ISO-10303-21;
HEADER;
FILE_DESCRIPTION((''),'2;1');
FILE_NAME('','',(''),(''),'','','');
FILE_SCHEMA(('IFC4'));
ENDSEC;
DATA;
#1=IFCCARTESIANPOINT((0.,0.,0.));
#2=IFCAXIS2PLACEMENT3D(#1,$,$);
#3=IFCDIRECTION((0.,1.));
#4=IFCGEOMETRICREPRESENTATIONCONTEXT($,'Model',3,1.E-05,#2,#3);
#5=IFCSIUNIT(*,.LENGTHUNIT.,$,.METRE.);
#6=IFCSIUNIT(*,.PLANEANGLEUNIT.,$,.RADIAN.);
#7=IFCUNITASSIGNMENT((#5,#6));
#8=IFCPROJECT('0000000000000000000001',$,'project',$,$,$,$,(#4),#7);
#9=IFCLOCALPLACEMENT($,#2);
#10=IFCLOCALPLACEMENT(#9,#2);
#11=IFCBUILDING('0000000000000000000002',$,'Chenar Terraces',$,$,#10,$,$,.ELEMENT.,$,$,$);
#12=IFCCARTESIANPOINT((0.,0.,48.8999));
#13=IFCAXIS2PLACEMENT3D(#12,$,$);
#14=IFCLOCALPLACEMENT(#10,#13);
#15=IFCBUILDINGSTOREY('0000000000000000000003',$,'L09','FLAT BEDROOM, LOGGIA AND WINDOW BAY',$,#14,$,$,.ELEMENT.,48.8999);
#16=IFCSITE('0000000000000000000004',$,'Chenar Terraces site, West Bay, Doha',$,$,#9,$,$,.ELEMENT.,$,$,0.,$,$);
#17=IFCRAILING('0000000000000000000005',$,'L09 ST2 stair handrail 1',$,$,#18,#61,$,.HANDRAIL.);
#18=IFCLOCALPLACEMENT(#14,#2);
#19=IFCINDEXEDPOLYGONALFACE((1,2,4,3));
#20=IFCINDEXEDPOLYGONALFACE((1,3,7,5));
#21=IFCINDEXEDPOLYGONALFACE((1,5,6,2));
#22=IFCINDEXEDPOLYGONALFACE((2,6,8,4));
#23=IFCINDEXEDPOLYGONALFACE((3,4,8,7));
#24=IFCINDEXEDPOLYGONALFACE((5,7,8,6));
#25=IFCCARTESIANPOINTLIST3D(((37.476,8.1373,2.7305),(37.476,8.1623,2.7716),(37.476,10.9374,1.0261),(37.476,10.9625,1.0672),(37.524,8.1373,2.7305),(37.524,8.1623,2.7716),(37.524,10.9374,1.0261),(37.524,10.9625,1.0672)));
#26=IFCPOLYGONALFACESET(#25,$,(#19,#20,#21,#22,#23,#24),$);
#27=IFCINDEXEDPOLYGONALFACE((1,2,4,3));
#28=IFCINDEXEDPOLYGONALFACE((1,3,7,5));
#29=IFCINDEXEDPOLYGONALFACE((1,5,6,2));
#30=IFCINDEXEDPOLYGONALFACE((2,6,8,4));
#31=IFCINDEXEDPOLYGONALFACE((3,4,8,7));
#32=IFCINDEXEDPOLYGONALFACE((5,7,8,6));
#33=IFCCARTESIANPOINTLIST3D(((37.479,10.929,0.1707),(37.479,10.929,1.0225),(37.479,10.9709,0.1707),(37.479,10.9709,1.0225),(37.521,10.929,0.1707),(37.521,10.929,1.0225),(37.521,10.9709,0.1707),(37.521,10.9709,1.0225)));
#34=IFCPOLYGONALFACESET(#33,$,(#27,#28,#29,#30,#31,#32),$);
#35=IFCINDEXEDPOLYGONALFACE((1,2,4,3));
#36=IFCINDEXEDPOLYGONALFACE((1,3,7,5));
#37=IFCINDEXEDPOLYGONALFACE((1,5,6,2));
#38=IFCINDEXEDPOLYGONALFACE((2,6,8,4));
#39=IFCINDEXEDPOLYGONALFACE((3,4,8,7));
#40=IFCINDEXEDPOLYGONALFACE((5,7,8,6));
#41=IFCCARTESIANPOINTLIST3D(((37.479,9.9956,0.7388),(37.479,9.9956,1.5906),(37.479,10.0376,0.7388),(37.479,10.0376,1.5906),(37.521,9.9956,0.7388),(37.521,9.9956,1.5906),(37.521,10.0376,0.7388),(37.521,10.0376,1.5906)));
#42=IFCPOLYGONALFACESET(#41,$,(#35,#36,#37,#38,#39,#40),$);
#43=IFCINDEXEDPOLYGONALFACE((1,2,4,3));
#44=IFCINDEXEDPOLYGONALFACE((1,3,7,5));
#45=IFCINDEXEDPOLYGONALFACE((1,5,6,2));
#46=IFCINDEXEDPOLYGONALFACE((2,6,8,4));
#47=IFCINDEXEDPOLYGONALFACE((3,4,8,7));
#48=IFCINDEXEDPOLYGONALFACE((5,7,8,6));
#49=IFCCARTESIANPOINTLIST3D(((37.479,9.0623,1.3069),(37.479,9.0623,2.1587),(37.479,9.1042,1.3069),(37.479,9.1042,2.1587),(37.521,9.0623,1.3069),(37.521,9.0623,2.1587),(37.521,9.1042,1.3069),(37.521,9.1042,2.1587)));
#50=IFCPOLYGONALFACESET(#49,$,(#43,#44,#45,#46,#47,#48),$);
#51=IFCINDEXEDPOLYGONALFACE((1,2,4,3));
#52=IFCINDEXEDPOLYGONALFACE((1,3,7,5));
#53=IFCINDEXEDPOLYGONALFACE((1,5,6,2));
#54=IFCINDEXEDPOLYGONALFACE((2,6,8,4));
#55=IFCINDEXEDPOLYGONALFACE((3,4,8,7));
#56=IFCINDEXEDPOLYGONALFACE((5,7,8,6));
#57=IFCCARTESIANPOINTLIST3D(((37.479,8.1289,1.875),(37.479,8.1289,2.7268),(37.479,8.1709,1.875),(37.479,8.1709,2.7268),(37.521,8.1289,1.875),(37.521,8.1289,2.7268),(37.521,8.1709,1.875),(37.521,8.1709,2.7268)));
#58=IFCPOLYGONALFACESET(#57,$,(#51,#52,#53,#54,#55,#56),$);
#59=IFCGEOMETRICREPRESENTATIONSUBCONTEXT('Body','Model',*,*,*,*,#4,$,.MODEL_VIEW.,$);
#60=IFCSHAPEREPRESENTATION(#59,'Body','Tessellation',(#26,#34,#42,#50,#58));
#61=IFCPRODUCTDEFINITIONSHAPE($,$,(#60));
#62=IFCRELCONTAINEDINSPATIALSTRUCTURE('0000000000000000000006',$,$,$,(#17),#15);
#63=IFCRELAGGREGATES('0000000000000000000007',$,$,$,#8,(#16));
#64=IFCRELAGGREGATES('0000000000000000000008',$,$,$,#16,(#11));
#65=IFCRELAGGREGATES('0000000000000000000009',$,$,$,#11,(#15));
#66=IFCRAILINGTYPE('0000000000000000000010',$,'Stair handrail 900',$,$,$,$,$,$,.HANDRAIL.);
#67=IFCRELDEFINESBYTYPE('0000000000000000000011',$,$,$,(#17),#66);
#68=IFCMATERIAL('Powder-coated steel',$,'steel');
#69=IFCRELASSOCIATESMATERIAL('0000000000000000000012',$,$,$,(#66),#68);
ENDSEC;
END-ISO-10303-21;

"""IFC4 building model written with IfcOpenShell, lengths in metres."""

from ifc_helpers import new_model, si_unit, direction, frame, origin, origin_2d, place, context, subcontext, project, spatial, rectangle, extrude, material, type_object, element, save


model = new_model("IFC4")

# Units and contexts
model_context = context("Model", 3, precision=1e-05, world=origin(), true_north=direction((0.0, 1.0)))
body_context = subcontext(model_context, "Body", "Model", "MODEL_VIEW")
ifc_project = project(units=[si_unit("LENGTHUNIT", "METRE"), si_unit("PLANEANGLEUNIT", "RADIAN")], contexts=[model_context])

# Site, building, storey
site_placement = place(None, origin())
site = spatial("IfcSite", under=ifc_project, at=site_placement, Name="Chenar Terraces site, West Bay, Doha", CompositionType="ELEMENT", RefElevation=0.0)
building_placement = place(site_placement, origin())
building = spatial("IfcBuilding", under=site, at=building_placement, Name="Chenar Terraces", CompositionType="ELEMENT")
storey_placement = place(building_placement, frame((0.0, 0.0, 48.8999)))
storey = spatial("IfcBuildingStorey", under=building, at=storey_placement, Name="L09", Description="FLAT BEDROOM, LOGGIA AND WINDOW BAY", CompositionType="ELEMENT", Elevation=48.8999)

# Railing
ifc_material_1 = material(Name="Powder-coated steel", Category="steel")
railing_type = type_object("IfcRailingType", Name="Stair handrail 900", PredefinedType="HANDRAIL", material=ifc_material_1)
railing_placement = place(storey_placement, frame((37.5, 10.95, 0.1707)))
element("IfcRailing", 1, at=railing_placement, inside=storey, type_object=railing_type, Name="L09 ST2 stair handrail 1", PredefinedType="HANDRAIL", context=body_context, shape_type="SweptSolid", body=[
    extrude(rectangle(XDim=0.0481, YDim=0.0481, at=origin_2d()), frame((0.0, 0.0, 0.876), z_axis=(0.0, -0.854203, 0.51994), x_axis=(1.0, 0.0, 0.0)), (0.0, 0.0, 1.0), 3.2781),
    extrude(rectangle(XDim=0.042, YDim=0.042, at=origin_2d()), origin(), (0.0, 0.0, 1.0), 0.8518),
    extrude(rectangle(XDim=0.042, YDim=0.042, at=origin_2d()), frame((0.0, -0.9333, 0.5681)), (0.0, 0.0, 1.0), 0.8518),
    extrude(rectangle(XDim=0.042, YDim=0.042, at=origin_2d()), frame((0.0, -1.8667, 1.1362)), (0.0, 0.0, 1.0), 0.8518),
    extrude(rectangle(XDim=0.042, YDim=0.042, at=origin_2d()), frame((0.0, -2.8, 1.7043)), (0.0, 0.0, 1.0), 0.8518),
])

save(model, "model.ifc")
